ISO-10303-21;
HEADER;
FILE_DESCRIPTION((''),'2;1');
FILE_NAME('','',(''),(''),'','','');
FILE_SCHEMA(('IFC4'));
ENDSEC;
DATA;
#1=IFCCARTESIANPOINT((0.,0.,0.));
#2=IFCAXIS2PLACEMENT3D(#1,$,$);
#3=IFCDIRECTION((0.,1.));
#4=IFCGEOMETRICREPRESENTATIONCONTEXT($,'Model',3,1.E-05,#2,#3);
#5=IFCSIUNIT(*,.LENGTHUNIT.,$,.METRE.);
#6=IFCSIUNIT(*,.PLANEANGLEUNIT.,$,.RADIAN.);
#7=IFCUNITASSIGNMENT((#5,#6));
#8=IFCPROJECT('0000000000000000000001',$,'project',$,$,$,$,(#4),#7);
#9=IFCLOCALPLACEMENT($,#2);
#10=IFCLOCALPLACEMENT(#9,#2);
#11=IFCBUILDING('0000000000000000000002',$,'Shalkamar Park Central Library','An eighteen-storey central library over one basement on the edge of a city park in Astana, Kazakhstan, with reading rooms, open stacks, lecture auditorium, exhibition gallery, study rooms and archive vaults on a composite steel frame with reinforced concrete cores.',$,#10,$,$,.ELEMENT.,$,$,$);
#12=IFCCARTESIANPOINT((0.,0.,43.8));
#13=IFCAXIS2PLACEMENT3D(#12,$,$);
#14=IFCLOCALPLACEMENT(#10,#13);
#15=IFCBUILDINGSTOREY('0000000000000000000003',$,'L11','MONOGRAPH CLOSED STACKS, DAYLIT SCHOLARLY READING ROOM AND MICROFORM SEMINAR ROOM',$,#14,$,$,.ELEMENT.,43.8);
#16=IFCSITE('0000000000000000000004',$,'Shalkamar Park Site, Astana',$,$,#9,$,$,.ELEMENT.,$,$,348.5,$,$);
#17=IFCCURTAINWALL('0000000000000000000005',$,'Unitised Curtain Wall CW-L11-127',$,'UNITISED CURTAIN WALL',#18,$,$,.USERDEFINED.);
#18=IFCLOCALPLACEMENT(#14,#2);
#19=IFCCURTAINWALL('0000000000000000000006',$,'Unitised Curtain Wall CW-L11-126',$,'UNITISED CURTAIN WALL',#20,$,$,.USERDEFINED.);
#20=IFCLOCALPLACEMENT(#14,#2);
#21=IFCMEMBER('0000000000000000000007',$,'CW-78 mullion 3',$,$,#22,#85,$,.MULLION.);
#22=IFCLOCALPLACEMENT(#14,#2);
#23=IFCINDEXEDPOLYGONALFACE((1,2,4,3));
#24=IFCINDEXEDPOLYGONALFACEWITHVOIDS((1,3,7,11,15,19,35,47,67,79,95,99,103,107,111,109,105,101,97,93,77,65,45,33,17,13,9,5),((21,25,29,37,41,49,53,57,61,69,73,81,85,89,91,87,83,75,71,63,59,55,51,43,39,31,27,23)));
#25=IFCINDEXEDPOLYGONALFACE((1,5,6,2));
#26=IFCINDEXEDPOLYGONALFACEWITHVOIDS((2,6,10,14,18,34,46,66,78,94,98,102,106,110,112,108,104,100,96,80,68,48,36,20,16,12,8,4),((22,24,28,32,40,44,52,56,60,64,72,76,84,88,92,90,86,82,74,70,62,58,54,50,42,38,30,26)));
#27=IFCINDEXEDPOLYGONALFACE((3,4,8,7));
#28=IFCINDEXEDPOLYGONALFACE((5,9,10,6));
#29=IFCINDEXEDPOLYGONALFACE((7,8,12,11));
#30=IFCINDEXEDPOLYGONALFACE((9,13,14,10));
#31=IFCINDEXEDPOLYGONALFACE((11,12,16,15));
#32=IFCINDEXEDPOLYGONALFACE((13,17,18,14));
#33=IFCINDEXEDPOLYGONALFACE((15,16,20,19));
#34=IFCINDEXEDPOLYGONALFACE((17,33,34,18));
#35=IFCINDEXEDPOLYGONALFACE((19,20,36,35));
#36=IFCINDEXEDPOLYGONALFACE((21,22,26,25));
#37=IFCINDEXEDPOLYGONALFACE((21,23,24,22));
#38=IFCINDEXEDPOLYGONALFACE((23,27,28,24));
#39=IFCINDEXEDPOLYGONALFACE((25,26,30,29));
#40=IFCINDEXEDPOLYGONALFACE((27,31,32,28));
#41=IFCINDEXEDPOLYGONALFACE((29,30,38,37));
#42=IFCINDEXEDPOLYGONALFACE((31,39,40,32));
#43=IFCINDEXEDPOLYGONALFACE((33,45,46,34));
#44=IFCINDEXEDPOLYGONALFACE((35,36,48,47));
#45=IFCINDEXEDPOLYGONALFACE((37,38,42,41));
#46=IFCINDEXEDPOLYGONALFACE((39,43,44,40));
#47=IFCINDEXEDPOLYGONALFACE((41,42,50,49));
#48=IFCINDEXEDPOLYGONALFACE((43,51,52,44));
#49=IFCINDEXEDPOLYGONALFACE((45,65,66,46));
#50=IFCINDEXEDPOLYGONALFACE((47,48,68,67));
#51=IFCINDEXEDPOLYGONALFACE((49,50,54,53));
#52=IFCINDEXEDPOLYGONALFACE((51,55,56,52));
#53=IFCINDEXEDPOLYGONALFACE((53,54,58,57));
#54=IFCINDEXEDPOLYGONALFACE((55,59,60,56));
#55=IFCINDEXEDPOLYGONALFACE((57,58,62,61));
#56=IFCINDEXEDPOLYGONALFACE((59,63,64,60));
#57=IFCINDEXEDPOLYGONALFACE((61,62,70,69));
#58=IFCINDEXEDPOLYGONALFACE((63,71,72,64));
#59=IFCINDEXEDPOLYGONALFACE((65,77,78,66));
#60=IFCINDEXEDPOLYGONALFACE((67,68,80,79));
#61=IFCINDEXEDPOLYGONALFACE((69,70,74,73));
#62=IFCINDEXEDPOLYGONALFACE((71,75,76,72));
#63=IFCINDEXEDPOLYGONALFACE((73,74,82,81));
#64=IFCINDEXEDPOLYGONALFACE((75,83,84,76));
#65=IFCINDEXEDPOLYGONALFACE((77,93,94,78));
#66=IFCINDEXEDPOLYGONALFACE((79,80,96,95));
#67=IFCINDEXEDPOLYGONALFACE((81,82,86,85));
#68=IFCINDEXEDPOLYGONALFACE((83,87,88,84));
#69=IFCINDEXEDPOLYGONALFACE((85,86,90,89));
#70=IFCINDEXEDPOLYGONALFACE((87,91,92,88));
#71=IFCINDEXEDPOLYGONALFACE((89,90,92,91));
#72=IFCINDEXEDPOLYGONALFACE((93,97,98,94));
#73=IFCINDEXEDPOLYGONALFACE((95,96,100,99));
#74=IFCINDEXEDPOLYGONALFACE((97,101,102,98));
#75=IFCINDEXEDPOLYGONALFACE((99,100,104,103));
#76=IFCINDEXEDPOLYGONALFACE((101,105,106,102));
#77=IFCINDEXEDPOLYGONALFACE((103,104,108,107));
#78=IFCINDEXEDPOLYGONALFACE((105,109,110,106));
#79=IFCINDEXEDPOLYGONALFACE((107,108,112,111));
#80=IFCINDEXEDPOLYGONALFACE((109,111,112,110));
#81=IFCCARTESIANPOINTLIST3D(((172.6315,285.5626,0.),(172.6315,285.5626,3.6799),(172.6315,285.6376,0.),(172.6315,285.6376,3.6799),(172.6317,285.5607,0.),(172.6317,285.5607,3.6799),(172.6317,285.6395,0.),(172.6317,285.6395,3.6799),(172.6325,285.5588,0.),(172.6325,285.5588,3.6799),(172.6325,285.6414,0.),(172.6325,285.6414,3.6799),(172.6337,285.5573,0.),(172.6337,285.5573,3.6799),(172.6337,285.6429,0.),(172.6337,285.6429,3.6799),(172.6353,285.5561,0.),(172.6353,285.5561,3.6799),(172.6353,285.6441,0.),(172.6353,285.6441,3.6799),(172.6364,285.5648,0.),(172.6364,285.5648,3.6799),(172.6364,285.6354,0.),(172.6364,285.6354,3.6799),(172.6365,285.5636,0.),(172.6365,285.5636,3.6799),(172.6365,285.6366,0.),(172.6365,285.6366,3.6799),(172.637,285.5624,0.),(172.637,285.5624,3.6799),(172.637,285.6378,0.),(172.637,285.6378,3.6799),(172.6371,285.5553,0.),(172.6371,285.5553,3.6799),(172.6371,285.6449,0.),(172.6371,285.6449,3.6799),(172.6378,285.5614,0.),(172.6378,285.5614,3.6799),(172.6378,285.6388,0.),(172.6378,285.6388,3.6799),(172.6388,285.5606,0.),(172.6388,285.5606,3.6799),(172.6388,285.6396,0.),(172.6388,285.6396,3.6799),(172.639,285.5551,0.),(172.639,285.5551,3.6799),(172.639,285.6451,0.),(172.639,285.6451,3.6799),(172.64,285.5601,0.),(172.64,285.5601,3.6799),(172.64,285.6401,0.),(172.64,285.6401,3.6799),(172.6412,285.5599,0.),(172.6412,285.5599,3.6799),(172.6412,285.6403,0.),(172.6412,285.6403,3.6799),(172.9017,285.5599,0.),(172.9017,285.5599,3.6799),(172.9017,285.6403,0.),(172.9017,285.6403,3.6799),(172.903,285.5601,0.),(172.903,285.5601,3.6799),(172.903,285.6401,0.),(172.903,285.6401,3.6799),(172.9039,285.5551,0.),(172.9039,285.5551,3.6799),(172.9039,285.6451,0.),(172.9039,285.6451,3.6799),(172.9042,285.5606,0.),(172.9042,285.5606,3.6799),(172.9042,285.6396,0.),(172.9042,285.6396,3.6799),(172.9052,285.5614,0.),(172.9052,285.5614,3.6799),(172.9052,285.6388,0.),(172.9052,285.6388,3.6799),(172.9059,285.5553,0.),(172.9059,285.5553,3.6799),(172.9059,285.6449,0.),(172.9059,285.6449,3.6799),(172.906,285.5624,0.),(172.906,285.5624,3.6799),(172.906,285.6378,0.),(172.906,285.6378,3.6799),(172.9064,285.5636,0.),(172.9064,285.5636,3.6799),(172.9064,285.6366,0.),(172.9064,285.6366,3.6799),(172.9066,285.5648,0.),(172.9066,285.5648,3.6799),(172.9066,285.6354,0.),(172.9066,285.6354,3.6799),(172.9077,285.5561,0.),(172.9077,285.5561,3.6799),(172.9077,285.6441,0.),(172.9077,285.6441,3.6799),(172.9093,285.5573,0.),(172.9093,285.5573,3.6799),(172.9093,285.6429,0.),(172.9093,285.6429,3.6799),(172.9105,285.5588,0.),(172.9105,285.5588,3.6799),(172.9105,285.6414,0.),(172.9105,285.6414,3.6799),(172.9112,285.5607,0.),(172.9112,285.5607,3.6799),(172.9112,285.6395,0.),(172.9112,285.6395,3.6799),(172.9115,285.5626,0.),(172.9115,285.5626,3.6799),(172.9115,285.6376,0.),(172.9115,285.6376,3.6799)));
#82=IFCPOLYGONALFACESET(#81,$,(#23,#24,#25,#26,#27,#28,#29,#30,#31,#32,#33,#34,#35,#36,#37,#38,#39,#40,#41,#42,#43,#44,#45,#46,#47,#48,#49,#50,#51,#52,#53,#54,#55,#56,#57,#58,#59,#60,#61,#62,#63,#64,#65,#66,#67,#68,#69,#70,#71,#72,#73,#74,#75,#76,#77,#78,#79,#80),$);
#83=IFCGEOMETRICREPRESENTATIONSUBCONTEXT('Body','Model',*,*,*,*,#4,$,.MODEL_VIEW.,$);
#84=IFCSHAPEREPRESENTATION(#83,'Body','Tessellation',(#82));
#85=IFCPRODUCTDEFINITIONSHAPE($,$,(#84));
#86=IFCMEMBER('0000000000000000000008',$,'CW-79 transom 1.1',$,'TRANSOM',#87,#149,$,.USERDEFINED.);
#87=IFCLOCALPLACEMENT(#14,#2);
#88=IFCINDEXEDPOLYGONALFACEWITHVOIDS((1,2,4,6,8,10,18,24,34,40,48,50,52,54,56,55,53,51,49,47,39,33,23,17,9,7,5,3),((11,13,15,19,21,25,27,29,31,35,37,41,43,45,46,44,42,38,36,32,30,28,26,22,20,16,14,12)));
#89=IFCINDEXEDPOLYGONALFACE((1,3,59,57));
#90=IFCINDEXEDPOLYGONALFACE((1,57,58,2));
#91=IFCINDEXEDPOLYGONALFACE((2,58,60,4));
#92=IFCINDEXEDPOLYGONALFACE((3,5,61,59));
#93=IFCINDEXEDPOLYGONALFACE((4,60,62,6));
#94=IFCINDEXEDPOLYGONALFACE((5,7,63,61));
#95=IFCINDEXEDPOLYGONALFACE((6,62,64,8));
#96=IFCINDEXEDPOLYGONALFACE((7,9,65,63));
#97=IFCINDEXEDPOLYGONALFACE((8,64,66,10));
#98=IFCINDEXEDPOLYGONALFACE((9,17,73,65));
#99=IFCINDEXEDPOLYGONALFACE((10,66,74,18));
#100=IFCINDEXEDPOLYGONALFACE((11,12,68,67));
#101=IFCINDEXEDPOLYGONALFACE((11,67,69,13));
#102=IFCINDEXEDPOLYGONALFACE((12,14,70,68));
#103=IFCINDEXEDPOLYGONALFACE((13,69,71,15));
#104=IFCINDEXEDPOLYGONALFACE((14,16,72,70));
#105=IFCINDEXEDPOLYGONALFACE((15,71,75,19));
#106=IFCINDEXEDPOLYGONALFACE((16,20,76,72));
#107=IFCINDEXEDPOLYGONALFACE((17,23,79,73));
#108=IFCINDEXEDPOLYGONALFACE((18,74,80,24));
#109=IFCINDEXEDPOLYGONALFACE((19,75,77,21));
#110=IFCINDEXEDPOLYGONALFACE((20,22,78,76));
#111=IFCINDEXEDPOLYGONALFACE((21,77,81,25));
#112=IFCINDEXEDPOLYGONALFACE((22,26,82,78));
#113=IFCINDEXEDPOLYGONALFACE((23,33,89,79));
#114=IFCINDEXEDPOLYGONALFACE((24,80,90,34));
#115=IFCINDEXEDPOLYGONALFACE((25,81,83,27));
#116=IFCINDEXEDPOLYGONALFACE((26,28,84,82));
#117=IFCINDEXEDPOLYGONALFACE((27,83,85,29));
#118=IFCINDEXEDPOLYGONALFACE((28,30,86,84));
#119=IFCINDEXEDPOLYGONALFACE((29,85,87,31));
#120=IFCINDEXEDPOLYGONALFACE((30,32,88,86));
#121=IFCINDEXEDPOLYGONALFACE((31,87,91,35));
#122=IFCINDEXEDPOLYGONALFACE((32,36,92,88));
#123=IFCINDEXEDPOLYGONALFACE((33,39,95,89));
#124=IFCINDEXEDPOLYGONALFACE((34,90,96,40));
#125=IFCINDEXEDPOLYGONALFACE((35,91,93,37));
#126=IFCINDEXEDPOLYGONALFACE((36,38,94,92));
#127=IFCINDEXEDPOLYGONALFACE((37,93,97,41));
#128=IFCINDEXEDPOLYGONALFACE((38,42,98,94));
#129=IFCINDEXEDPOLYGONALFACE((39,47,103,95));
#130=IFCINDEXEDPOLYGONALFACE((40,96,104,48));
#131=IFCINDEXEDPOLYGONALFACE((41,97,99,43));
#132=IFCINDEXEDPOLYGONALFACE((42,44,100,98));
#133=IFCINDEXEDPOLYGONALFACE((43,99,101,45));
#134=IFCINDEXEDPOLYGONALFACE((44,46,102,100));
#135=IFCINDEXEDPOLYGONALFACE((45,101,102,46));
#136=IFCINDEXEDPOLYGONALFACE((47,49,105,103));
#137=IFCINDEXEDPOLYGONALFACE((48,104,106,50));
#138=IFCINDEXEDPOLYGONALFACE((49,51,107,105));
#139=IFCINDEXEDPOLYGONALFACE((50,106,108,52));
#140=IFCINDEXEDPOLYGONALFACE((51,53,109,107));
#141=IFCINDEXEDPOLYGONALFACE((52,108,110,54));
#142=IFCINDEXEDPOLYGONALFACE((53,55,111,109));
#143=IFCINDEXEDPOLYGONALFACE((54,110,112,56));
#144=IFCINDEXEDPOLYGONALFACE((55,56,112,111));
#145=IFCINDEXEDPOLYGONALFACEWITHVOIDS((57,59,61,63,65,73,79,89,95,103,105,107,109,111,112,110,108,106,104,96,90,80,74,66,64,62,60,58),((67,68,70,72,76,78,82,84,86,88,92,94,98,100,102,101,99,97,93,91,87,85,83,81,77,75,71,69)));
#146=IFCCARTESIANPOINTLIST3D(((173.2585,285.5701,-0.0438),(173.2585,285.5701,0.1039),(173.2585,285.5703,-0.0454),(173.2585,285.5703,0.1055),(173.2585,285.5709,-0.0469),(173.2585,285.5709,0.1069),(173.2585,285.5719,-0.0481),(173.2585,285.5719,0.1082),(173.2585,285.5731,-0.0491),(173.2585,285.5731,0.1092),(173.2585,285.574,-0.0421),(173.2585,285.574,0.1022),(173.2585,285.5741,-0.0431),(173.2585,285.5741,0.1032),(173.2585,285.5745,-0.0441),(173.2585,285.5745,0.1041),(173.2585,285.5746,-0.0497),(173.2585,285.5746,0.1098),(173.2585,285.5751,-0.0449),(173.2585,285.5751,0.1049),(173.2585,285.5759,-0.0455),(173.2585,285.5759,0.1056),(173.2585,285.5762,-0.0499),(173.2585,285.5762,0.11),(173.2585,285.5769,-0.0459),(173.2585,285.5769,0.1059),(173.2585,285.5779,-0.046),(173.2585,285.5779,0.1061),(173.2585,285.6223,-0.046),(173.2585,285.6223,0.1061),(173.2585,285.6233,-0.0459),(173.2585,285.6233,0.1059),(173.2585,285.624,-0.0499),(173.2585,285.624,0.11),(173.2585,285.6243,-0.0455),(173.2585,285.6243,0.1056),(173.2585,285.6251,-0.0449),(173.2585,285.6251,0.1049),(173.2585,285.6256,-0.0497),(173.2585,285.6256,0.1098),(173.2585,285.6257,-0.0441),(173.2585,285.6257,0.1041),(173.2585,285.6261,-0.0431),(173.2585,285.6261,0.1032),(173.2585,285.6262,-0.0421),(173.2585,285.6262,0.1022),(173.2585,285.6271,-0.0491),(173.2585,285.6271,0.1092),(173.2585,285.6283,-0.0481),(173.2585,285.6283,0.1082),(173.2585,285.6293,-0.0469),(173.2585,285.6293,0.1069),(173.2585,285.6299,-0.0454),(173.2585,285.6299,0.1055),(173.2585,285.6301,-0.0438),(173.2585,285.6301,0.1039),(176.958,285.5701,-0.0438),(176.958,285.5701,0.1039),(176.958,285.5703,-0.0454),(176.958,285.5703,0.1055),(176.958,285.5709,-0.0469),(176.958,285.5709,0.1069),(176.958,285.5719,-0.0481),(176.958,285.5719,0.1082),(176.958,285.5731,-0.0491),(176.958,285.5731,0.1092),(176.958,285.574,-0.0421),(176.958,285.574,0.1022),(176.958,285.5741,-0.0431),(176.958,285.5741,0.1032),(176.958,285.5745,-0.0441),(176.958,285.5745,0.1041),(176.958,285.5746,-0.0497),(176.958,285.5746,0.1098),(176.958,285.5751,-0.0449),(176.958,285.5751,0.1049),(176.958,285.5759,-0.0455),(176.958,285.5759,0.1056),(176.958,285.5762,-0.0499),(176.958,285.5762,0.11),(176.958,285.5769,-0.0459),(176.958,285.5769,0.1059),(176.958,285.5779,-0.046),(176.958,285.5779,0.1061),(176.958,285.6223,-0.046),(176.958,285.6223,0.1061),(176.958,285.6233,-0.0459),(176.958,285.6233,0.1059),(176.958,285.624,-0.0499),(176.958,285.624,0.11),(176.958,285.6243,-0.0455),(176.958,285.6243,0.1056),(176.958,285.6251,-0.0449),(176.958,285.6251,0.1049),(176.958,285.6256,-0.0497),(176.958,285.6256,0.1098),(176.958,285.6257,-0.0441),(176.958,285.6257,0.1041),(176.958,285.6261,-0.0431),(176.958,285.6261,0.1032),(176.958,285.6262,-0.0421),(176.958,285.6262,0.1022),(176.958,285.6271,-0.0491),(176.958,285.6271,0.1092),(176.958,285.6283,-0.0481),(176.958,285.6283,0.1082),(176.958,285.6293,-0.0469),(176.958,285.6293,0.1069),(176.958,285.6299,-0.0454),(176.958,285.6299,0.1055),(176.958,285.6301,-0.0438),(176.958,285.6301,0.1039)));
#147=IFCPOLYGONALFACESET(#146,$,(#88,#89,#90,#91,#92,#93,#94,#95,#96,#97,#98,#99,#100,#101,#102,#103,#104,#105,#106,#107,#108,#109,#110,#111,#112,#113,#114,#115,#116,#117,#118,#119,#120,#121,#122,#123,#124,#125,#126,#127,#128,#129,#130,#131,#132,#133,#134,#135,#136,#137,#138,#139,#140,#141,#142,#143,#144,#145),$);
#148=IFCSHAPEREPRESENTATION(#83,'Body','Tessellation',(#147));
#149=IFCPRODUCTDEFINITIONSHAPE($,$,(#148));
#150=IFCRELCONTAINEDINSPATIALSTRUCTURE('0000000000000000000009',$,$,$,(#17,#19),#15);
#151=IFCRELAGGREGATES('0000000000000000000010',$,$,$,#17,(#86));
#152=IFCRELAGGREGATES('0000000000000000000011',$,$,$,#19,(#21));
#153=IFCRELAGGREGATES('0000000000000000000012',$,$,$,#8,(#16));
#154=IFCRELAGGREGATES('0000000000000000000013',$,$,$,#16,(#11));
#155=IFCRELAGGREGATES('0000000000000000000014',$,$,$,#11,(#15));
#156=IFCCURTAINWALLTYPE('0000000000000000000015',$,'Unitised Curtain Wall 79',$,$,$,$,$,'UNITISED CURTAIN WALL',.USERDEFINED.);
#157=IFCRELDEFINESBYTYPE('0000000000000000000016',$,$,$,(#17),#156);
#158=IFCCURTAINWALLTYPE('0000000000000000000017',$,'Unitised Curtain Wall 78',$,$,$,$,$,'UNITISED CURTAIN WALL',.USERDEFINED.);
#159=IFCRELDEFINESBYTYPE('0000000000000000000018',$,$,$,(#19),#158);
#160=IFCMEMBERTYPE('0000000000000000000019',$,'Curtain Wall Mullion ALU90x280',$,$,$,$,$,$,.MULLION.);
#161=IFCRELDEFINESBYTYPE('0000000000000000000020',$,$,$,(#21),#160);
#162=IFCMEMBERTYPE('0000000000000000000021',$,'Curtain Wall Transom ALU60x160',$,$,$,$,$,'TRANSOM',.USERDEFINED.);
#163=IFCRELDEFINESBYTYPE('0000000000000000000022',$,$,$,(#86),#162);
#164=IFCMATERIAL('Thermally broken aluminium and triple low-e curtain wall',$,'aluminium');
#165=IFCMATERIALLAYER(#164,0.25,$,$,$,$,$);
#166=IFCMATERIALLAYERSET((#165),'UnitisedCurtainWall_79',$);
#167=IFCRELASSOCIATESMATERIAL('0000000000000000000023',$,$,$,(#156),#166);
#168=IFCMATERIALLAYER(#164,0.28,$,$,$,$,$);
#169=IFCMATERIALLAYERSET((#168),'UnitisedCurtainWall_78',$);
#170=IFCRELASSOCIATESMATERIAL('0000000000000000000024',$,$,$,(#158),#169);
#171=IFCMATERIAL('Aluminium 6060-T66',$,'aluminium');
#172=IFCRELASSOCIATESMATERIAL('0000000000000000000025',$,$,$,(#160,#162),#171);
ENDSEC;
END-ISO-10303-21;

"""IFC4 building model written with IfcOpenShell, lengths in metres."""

from ifc_helpers import new_model, si_unit, direction, frame, origin, origin_2d, place, context, subcontext, project, spatial, hollow_rectangle, extrude, material, layer, layer_set, material_profile, profile_set, type_object, element, aggregate, save


model = new_model("IFC4")

# Units and contexts
model_context = context("Model", 3, precision=1e-05, world=origin(), true_north=direction((0.0, 1.0)))
body_context = subcontext(model_context, "Body", "Model", "MODEL_VIEW")
ifc_project = project(units=[si_unit("LENGTHUNIT", "METRE"), si_unit("PLANEANGLEUNIT", "RADIAN")], contexts=[model_context])

# Site, building, storey
site_placement = place(None, origin())
site = spatial("IfcSite", under=ifc_project, at=site_placement, Name="Shalkamar Park Site, Astana", CompositionType="ELEMENT", RefElevation=348.5)
building_placement = place(site_placement, origin())
building = spatial("IfcBuilding", under=site, at=building_placement, Name="Shalkamar Park Central Library", Description="An eighteen-storey central library over one basement on the edge of a city park in Astana, Kazakhstan, with reading rooms, open stacks, lecture auditorium, exhibition gallery, study rooms and archive vaults on a composite steel frame with reinforced concrete cores.", CompositionType="ELEMENT")
storey_placement = place(building_placement, frame((0.0, 0.0, 43.8)))
storey = spatial("IfcBuildingStorey", under=building, at=storey_placement, Name="L11", Description="MONOGRAPH CLOSED STACKS, DAYLIT SCHOLARLY READING ROOM AND MICROFORM SEMINAR ROOM", CompositionType="ELEMENT", Elevation=43.8)

# Curtain wall
ifc_material_1 = material(Name="Thermally broken aluminium and triple low-e curtain wall", Category="aluminium")
ifc_layer_1 = layer(ifc_material_1, 0.25)
ifc_layer_set_1 = layer_set([ifc_layer_1], Name="UnitisedCurtainWall_79")
curtain_wall_type_1 = type_object("IfcCurtainWallType", Name="Unitised Curtain Wall 79", ElementType="UNITISED CURTAIN WALL", PredefinedType="USERDEFINED", material=ifc_layer_set_1)
curtain_wall_1_placement = place(storey_placement, origin())
curtain_wall_1 = element("IfcCurtainWall", 1, at=curtain_wall_1_placement, inside=storey, type_object=curtain_wall_type_1, Name="Unitised Curtain Wall CW-L11-127", ObjectType="UNITISED CURTAIN WALL", PredefinedType="USERDEFINED")
ifc_material_2 = material(Name="Aluminium 6060-T66", Category="aluminium")

# Curtain wall, member
ifc_layer_2 = layer(ifc_material_1, 0.28)
ifc_layer_set_2 = layer_set([ifc_layer_2], Name="UnitisedCurtainWall_78")
curtain_wall_type_2 = type_object("IfcCurtainWallType", Name="Unitised Curtain Wall 78", ElementType="UNITISED CURTAIN WALL", PredefinedType="USERDEFINED", material=ifc_layer_set_2)
curtain_wall_2_placement = place(storey_placement, origin())
curtain_wall_2 = element("IfcCurtainWall", 2, at=curtain_wall_2_placement, inside=storey, type_object=curtain_wall_type_2, Name="Unitised Curtain Wall CW-L11-126", ObjectType="UNITISED CURTAIN WALL", PredefinedType="USERDEFINED")
ifc_material_profile_1 = material_profile(ifc_material_2, hollow_rectangle(XDim=0.0901, YDim=0.28, WallThickness=0.0049, InnerFilletRadius=0.0049, OuterFilletRadius=0.0076, at=origin_2d()), Name="ALU 90x280x5")
ifc_profile_set_1 = profile_set([ifc_material_profile_1], Name="Aluminium 6060-T66")
member_type_1 = type_object("IfcMemberType", Name="Curtain Wall Mullion ALU90x280", PredefinedType="MULLION", material=ifc_profile_set_1)
member_1_placement = place(storey_placement, frame((172.7715, 285.6001, 0.0), z_axis=(0.0, 0.0, 1.0), x_axis=(0.0, 1.0, 0.0)))
member_1 = element("IfcMember", 3, at=member_1_placement, type_object=member_type_1, Name="CW-78 mullion 3", PredefinedType="MULLION", context=body_context, shape_type="SweptSolid", body=[
    extrude(hollow_rectangle(XDim=0.0901, YDim=0.28, WallThickness=0.0049, InnerFilletRadius=0.0049, OuterFilletRadius=0.0076, at=origin_2d()), origin(), (0.0, 0.0, 1.0), 3.6799),
])

# Member
ifc_material_profile_2 = material_profile(ifc_material_2, hollow_rectangle(XDim=0.0601, YDim=0.1599, WallThickness=0.0039, InnerFilletRadius=0.0039, OuterFilletRadius=0.0061, at=origin_2d()), Name="ALU 60x160x4")
ifc_profile_set_2 = profile_set([ifc_material_profile_2], Name="Aluminium 6060-T66")
member_type_2 = type_object("IfcMemberType", Name="Curtain Wall Transom ALU60x160", ElementType="TRANSOM", PredefinedType="USERDEFINED", material=ifc_profile_set_2)
member_2_placement = place(storey_placement, frame((173.2585, 285.6001, 0.03), z_axis=(1.0, 0.0, 0.0), x_axis=(0.0, 1.0, 0.0)))
member_2 = element("IfcMember", 4, at=member_2_placement, type_object=member_type_2, Name="CW-79 transom 1.1", ObjectType="TRANSOM", PredefinedType="USERDEFINED", context=body_context, shape_type="SweptSolid", body=[
    extrude(hollow_rectangle(XDim=0.0601, YDim=0.1599, WallThickness=0.0039, InnerFilletRadius=0.0039, OuterFilletRadius=0.0061, at=origin_2d()), origin(), (0.0, 0.0, 1.0), 3.6995),
])
aggregate(curtain_wall_1, [member_2])

aggregate(curtain_wall_2, [member_1])

save(model, "model.ifc")
